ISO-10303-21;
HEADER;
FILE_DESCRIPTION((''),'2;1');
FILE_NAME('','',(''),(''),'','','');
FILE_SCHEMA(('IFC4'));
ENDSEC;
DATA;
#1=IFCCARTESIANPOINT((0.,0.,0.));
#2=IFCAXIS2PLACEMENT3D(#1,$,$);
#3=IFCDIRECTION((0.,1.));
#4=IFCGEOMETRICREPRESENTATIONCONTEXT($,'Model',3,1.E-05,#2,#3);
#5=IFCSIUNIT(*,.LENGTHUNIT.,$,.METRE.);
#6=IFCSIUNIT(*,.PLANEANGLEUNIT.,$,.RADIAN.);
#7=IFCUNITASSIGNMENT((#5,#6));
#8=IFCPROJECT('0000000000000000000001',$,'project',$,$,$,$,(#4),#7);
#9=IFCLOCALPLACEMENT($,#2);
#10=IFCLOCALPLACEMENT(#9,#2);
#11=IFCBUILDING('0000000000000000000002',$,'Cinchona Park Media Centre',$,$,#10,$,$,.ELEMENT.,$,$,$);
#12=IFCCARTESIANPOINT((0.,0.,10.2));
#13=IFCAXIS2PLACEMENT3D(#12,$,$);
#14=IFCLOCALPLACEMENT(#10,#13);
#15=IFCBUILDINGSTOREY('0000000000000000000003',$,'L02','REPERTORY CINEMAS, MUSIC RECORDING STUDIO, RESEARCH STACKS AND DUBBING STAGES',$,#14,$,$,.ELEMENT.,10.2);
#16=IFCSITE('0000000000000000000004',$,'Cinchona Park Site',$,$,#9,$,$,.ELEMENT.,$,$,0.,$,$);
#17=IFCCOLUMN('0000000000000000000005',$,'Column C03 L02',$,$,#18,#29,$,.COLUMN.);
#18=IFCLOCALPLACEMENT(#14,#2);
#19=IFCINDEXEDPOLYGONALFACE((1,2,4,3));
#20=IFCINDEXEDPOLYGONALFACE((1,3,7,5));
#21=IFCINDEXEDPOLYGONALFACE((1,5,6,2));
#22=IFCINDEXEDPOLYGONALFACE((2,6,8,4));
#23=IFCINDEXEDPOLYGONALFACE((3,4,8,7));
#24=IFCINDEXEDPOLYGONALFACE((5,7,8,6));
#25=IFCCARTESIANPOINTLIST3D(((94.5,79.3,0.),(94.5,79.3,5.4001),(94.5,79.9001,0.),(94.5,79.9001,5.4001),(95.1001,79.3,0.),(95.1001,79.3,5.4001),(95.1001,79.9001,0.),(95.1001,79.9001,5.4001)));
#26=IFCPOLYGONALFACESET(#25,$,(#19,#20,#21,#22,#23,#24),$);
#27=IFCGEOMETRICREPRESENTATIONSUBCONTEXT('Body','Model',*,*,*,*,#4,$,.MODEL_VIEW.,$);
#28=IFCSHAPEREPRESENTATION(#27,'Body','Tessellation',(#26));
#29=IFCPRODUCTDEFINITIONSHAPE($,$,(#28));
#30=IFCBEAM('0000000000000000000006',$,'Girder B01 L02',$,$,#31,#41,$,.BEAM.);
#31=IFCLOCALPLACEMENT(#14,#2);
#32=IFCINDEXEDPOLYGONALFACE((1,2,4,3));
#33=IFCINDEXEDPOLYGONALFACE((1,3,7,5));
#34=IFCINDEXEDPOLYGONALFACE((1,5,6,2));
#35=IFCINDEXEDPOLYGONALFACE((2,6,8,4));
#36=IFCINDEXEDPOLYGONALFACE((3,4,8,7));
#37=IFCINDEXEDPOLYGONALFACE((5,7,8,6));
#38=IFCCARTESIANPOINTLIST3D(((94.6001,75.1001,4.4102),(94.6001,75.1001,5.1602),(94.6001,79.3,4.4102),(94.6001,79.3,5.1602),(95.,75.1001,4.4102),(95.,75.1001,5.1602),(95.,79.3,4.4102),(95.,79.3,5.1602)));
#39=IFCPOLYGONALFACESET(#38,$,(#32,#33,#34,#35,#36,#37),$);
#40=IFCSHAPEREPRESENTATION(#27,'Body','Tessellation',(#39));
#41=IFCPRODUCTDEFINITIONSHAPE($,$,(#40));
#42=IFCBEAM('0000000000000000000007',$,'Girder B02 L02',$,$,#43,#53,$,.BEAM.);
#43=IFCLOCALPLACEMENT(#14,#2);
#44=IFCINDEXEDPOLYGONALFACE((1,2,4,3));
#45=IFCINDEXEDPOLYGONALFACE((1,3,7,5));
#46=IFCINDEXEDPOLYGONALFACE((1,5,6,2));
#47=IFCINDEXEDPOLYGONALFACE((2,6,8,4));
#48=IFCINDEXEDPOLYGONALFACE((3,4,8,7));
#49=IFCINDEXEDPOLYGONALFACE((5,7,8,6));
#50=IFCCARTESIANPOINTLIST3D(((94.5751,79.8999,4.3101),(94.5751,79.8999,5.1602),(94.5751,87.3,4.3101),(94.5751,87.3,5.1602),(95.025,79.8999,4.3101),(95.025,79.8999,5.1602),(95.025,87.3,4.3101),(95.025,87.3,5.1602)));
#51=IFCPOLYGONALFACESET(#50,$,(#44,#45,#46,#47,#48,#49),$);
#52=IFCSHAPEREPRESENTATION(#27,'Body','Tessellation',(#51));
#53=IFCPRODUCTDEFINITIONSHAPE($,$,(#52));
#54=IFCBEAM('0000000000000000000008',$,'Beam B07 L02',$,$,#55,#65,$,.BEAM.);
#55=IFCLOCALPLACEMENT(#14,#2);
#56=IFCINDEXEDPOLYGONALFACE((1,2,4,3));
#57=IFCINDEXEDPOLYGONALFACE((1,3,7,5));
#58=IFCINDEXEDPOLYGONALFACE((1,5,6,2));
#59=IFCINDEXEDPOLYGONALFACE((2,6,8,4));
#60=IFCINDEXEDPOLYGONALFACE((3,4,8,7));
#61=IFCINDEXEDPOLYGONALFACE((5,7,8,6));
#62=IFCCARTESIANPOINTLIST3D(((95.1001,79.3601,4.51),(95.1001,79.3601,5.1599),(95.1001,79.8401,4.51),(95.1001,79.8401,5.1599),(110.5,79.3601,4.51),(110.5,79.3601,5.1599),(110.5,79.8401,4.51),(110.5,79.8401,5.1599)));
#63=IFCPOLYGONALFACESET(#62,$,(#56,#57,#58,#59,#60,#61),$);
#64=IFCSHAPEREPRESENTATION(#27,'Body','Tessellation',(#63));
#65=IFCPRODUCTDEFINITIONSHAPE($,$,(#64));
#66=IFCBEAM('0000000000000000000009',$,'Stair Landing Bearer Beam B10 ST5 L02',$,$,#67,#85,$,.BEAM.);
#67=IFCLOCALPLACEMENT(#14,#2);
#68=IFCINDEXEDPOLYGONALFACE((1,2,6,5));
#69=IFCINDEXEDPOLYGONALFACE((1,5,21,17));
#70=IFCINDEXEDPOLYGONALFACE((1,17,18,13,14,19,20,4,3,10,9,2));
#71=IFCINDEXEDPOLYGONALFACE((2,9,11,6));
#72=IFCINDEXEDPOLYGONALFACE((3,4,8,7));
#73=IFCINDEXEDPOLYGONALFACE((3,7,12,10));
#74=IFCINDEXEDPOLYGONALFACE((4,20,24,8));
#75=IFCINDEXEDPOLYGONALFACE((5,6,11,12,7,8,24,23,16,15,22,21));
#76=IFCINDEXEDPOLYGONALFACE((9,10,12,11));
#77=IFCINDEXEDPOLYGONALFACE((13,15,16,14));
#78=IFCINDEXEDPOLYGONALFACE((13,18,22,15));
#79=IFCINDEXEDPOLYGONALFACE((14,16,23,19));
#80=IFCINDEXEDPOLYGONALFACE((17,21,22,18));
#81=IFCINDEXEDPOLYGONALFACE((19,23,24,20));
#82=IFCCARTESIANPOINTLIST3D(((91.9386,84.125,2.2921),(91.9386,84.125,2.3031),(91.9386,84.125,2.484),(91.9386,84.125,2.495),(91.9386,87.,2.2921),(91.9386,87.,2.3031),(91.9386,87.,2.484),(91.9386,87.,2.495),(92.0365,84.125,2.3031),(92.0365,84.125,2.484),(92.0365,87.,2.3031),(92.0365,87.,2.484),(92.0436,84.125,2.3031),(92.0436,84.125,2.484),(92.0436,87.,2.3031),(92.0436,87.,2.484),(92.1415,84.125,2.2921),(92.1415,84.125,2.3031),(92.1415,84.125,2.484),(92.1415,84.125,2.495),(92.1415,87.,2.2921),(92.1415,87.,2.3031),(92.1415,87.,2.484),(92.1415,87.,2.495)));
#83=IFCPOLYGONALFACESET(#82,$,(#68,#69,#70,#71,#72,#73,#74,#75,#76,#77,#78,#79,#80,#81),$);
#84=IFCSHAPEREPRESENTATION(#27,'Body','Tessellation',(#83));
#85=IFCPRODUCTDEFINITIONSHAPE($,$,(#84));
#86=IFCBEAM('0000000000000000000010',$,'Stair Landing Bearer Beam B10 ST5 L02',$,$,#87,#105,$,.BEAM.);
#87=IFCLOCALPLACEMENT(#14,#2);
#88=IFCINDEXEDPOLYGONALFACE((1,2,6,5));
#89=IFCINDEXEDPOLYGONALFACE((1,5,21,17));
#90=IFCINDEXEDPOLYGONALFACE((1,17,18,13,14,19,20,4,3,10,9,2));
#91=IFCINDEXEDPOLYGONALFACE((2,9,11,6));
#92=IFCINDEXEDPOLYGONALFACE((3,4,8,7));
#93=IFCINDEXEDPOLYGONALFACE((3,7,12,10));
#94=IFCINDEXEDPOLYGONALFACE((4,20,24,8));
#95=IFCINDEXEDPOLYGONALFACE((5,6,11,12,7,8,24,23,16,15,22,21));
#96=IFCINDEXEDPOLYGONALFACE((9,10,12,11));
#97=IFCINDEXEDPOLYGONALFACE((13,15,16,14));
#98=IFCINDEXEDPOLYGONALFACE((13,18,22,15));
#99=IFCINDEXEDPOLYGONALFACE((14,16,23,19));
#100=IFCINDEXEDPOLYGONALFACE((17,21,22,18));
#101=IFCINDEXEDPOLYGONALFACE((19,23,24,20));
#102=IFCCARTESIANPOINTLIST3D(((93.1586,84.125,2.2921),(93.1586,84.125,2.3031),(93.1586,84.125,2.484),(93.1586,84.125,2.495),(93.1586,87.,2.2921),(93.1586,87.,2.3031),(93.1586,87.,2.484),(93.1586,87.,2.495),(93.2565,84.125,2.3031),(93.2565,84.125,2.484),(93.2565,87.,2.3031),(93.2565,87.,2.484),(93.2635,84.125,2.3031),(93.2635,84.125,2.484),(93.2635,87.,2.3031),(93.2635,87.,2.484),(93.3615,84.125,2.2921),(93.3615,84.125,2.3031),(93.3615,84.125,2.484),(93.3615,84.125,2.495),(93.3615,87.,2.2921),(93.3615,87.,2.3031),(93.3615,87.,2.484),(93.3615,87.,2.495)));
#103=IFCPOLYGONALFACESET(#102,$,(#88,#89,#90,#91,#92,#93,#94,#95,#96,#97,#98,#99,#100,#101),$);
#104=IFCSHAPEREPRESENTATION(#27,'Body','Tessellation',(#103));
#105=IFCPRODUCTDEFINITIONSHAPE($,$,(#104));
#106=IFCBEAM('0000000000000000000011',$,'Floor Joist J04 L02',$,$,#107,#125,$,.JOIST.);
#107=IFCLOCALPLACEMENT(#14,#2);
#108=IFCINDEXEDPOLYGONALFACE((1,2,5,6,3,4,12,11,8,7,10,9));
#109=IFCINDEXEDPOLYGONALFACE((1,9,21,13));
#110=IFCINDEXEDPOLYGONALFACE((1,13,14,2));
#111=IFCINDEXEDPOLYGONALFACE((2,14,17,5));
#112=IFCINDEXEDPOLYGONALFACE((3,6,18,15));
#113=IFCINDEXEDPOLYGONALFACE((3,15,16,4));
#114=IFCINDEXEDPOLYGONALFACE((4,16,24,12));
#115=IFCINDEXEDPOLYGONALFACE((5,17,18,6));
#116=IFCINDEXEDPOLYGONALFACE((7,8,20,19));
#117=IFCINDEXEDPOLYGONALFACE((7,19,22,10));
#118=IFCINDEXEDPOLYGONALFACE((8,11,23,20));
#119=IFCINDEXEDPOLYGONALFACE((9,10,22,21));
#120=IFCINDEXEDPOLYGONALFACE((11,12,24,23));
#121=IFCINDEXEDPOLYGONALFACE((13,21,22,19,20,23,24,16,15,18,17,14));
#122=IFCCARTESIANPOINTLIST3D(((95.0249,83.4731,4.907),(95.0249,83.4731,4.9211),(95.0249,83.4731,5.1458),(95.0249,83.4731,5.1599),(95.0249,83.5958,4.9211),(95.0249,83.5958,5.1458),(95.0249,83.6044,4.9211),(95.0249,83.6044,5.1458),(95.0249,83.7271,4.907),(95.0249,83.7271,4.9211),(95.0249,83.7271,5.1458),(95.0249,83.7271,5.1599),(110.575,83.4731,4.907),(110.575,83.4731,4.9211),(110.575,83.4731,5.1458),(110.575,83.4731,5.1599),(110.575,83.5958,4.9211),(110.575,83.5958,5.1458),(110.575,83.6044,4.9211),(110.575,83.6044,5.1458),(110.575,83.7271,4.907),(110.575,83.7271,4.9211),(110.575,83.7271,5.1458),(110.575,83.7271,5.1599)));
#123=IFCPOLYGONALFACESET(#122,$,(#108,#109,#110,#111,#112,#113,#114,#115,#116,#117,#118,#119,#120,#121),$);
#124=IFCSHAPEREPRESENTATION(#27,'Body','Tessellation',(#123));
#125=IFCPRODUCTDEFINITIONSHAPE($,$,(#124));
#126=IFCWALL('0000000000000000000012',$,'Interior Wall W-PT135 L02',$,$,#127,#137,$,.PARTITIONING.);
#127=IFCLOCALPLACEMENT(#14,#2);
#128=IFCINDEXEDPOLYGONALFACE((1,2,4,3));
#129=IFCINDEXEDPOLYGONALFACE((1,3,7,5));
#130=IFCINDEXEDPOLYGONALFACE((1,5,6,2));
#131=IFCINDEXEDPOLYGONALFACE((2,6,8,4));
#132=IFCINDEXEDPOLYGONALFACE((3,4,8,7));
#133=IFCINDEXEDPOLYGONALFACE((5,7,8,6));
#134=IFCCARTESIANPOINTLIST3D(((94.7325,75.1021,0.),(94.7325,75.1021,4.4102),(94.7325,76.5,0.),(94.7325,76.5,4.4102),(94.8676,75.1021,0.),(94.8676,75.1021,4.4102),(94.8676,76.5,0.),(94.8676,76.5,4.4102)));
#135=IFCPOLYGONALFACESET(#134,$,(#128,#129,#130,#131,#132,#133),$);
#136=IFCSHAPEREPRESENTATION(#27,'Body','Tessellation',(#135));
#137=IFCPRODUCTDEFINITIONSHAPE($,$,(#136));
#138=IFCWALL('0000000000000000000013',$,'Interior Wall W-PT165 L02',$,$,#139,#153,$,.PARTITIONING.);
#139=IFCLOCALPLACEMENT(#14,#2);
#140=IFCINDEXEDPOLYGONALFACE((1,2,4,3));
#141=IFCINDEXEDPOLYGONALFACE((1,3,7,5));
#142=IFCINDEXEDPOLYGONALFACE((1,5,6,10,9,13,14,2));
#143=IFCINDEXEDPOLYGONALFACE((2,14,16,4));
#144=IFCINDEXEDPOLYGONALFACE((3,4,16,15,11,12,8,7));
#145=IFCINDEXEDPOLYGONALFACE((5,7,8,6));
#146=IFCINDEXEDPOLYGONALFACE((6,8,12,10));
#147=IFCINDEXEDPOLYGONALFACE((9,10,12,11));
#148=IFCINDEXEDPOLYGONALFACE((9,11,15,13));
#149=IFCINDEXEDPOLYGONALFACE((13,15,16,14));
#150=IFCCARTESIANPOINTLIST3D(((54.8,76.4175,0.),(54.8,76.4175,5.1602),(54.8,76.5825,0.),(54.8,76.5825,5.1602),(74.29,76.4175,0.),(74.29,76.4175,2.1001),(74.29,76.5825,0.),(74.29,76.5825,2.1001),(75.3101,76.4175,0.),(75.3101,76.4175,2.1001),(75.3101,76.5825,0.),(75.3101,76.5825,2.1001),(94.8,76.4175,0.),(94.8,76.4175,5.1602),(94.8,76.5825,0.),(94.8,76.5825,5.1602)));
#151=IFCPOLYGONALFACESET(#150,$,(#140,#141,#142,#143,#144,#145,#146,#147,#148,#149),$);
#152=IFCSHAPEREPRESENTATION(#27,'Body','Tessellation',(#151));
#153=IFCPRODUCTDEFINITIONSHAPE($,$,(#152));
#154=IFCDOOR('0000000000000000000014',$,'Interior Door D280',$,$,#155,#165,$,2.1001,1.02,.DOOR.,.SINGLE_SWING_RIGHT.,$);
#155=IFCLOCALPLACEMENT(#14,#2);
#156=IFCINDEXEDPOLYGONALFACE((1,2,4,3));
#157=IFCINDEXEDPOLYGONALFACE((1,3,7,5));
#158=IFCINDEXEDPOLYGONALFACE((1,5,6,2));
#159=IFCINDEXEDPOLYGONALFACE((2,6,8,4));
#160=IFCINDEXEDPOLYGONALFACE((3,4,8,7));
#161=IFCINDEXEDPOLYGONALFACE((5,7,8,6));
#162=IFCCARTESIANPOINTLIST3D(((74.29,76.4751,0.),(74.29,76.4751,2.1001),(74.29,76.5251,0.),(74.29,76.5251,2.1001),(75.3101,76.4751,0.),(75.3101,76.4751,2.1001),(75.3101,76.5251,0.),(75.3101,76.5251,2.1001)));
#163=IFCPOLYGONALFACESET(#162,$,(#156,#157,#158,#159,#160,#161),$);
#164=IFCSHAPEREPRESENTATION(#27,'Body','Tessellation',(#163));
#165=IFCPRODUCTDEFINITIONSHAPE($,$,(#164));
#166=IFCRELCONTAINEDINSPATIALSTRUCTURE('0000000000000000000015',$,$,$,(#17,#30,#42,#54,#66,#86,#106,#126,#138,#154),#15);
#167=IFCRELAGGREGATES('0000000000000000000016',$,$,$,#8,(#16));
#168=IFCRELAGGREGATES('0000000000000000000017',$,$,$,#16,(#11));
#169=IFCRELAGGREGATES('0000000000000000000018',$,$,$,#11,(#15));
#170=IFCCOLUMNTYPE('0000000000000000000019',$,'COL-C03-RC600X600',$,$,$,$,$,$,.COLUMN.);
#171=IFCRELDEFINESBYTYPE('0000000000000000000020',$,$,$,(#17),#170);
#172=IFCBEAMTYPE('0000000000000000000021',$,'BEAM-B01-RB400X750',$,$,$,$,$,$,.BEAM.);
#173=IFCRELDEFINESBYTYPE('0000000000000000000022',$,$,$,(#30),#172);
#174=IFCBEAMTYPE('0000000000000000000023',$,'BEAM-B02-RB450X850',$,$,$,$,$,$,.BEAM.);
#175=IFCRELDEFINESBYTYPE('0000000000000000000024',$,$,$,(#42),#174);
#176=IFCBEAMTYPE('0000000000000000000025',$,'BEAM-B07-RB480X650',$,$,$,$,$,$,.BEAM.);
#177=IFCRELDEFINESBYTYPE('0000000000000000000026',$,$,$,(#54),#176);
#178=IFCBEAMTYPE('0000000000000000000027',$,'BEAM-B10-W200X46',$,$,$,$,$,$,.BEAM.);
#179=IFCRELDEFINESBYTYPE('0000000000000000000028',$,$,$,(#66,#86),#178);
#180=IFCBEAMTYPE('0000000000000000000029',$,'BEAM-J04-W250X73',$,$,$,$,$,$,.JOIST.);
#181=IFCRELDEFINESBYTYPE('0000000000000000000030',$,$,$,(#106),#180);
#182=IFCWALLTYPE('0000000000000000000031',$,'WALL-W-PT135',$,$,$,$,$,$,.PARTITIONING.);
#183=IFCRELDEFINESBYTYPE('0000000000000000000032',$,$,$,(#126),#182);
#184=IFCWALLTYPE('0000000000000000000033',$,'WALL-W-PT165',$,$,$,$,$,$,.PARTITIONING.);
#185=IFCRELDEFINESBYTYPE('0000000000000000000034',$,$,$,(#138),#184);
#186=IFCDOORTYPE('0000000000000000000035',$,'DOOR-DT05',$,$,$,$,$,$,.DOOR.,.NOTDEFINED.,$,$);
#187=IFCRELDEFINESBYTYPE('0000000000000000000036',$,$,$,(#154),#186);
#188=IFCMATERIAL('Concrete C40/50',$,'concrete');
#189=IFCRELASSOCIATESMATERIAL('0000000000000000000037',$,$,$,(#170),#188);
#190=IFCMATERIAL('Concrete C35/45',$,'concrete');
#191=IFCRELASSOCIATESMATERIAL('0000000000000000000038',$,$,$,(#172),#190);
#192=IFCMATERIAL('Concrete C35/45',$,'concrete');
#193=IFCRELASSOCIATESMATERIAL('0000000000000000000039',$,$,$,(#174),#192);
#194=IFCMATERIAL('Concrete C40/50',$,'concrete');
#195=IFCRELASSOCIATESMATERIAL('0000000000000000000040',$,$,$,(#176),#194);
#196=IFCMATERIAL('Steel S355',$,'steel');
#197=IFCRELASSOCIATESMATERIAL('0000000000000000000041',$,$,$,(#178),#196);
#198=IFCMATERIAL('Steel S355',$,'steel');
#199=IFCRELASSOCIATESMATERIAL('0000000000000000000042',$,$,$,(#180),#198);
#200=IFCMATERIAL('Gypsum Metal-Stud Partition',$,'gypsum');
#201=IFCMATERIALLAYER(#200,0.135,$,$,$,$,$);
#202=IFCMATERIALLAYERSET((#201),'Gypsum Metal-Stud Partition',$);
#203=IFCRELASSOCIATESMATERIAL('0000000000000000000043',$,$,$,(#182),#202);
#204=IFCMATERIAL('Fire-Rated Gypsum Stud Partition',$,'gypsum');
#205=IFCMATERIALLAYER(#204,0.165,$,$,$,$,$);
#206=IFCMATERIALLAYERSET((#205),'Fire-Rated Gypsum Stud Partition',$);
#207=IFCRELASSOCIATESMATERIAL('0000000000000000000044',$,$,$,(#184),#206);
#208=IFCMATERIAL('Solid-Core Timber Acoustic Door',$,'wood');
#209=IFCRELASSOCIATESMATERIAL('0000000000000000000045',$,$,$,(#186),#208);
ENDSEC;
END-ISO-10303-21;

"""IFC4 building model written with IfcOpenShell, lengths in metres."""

from ifc_helpers import new_model, si_unit, direction, frame, frame_2d, origin, origin_2d, place, context, subcontext, project, spatial, rectangle, i_section, extrude, material, layer, layer_set, material_profile, profile_set, type_object, element, fill, save


model = new_model("IFC4")

# Units and contexts
model_context = context("Model", 3, precision=1e-05, world=origin(), true_north=direction((0.0, 1.0)))
body_context = subcontext(model_context, "Body", "Model", "MODEL_VIEW")
ifc_project = project(units=[si_unit("LENGTHUNIT", "METRE"), si_unit("PLANEANGLEUNIT", "RADIAN")], contexts=[model_context])

# Site, building, storey
site_placement = place(None, origin())
site = spatial("IfcSite", under=ifc_project, at=site_placement, Name="Cinchona Park Site", CompositionType="ELEMENT", RefElevation=0.0)
building_placement = place(site_placement, origin())
building = spatial("IfcBuilding", under=site, at=building_placement, Name="Cinchona Park Media Centre", CompositionType="ELEMENT")
storey_placement = place(building_placement, frame((0.0, 0.0, 10.2)))
storey = spatial("IfcBuildingStorey", under=building, at=storey_placement, Name="L02", Description="REPERTORY CINEMAS, MUSIC RECORDING STUDIO, RESEARCH STACKS AND DUBBING STAGES", CompositionType="ELEMENT", Elevation=10.2)

# Column
ifc_material_1 = material(Name="Concrete C40/50", Category="concrete")
ifc_material_profile_1 = material_profile(ifc_material_1, rectangle(XDim=0.6001, YDim=0.6001, at=origin_2d()), Name="RC 600X600")
ifc_profile_set_1 = profile_set([ifc_material_profile_1], Name="Concrete C40/50")
column_type = type_object("IfcColumnType", Name="COL-C03-RC600X600", PredefinedType="COLUMN", material=ifc_profile_set_1)
column_placement = place(storey_placement, frame((94.8, 79.6001, 0.0), z_axis=(0.0, 0.0, 1.0), x_axis=(1.0, 0.0, 0.0)))
element("IfcColumn", 1, at=column_placement, inside=storey, type_object=column_type, Name="Column C03 L02", PredefinedType="COLUMN", context=body_context, shape_type="SweptSolid", body=[
    extrude(rectangle(XDim=0.6001, YDim=0.6001, at=origin_2d()), origin(), (0.0, 0.0, 1.0), 5.4001),
])

# Beams
ifc_material_2 = material(Name="Concrete C35/45", Category="concrete")
ifc_material_profile_2 = material_profile(ifc_material_2, rectangle(XDim=0.3999, YDim=0.75, at=origin_2d()), Name="RB 400X750")
ifc_profile_set_2 = profile_set([ifc_material_profile_2], Name="Concrete C35/45")
beam_type_1 = type_object("IfcBeamType", Name="BEAM-B01-RB400X750", PredefinedType="BEAM", material=ifc_profile_set_2)
beam_1_placement = place(storey_placement, frame((94.8, 75.1001, 4.7852), z_axis=(0.0, 1.0, 0.0), x_axis=(-1.0, 0.0, 0.0)))
element("IfcBeam", 2, at=beam_1_placement, inside=storey, type_object=beam_type_1, Name="Girder B01 L02", PredefinedType="BEAM", context=body_context, shape_type="SweptSolid", body=[
    extrude(rectangle(XDim=0.3999, YDim=0.75, at=origin_2d()), origin(), (0.0, 0.0, 1.0), 4.2),
])
ifc_material_3 = material(Name="Concrete C35/45", Category="concrete")
ifc_material_profile_3 = material_profile(ifc_material_3, rectangle(XDim=0.45, YDim=0.8501, at=origin_2d()), Name="RB 450X850")
ifc_profile_set_3 = profile_set([ifc_material_profile_3], Name="Concrete C35/45")
beam_type_2 = type_object("IfcBeamType", Name="BEAM-B02-RB450X850", PredefinedType="BEAM", material=ifc_profile_set_3)
beam_2_placement = place(storey_placement, frame((94.8, 79.8999, 4.7351), z_axis=(0.0, 1.0, 0.0), x_axis=(-1.0, 0.0, 0.0)))
element("IfcBeam", 3, at=beam_2_placement, inside=storey, type_object=beam_type_2, Name="Girder B02 L02", PredefinedType="BEAM", context=body_context, shape_type="SweptSolid", body=[
    extrude(rectangle(XDim=0.45, YDim=0.8501, at=origin_2d()), origin(), (0.0, 0.0, 1.0), 7.4001),
])
ifc_material_4 = material(Name="Concrete C40/50", Category="concrete")
ifc_material_profile_4 = material_profile(ifc_material_4, rectangle(XDim=0.48, YDim=0.6499, at=origin_2d()), Name="RB 480X650")
ifc_profile_set_4 = profile_set([ifc_material_profile_4], Name="Concrete C40/50")
beam_type_3 = type_object("IfcBeamType", Name="BEAM-B07-RB480X650", PredefinedType="BEAM", material=ifc_profile_set_4)
beam_3_placement = place(storey_placement, frame((95.1001, 79.6001, 4.835), z_axis=(1.0, 0.0, 0.0), x_axis=(0.0, 1.0, 0.0)))
element("IfcBeam", 4, at=beam_3_placement, inside=storey, type_object=beam_type_3, Name="Beam B07 L02", PredefinedType="BEAM", context=body_context, shape_type="SweptSolid", body=[
    extrude(rectangle(XDim=0.48, YDim=0.6499, at=origin_2d()), origin(), (0.0, 0.0, 1.0), 15.3999),
])
ifc_material_5 = material(Name="Steel S355", Category="steel")
ifc_material_profile_5 = material_profile(ifc_material_5, i_section(OverallWidth=0.2029, OverallDepth=0.2029, WebThickness=0.0071, FlangeThickness=0.011, at=origin_2d()), Name="W200X46")
ifc_profile_set_5 = profile_set([ifc_material_profile_5], Name="Steel S355")
beam_type_4 = type_object("IfcBeamType", Name="BEAM-B10-W200X46", PredefinedType="BEAM", material=ifc_profile_set_5)
for number, where, z_axis, x_axis, name in (
    (5, (92.04, 84.125, 2.3936), (0.0, 1.0, 0.0), (-1.0, 0.0, 0.0), "Stair Landing Bearer Beam B10 ST5 L02"),
    (6, (93.26, 84.125, 2.3936), (0.0, 1.0, 0.0), (-1.0, 0.0, 0.0), "Stair Landing Bearer Beam B10 ST5 L02"),
):
    element("IfcBeam", number, at=place(storey_placement, frame(where, z_axis=z_axis, x_axis=x_axis)), inside=storey, type_object=beam_type_4, Name=name, PredefinedType="BEAM", context=body_context, shape_type="SweptSolid", body=[
        extrude(i_section(OverallWidth=0.2029, OverallDepth=0.2029, WebThickness=0.0071, FlangeThickness=0.011, at=origin_2d()), origin(), (0.0, 0.0, 1.0), 2.875),
    ])
ifc_material_6 = material(Name="Steel S355", Category="steel")
ifc_material_profile_6 = material_profile(ifc_material_6, i_section(OverallWidth=0.2539, OverallDepth=0.2529, WebThickness=0.0085, FlangeThickness=0.0142, at=origin_2d()), Name="W250X73")
ifc_profile_set_6 = profile_set([ifc_material_profile_6], Name="Steel S355")
beam_type_5 = type_object("IfcBeamType", Name="BEAM-J04-W250X73", PredefinedType="JOIST", material=ifc_profile_set_6)
beam_4_placement = place(storey_placement, frame((95.0249, 83.6001, 5.0334), z_axis=(1.0, 0.0, 0.0), x_axis=(0.0, 1.0, 0.0)))
element("IfcBeam", 7, at=beam_4_placement, inside=storey, type_object=beam_type_5, Name="Floor Joist J04 L02", PredefinedType="JOIST", context=body_context, shape_type="SweptSolid", body=[
    extrude(i_section(OverallWidth=0.2539, OverallDepth=0.2529, WebThickness=0.0085, FlangeThickness=0.0142, at=origin_2d()), origin(), (0.0, 0.0, 1.0), 15.55),
])

# Wall
ifc_material_7 = material(Name="Gypsum Metal-Stud Partition", Category="gypsum")
ifc_layer_1 = layer(ifc_material_7, 0.135)
ifc_layer_set_1 = layer_set([ifc_layer_1], Name="Gypsum Metal-Stud Partition")
wall_type_1 = type_object("IfcWallType", Name="WALL-W-PT135", PredefinedType="PARTITIONING", material=ifc_layer_set_1)
wall_1_placement = place(storey_placement, frame((94.8, 76.5, 0.0), z_axis=(0.0, 0.0, 1.0), x_axis=(0.0, -1.0, 0.0)))
element("IfcWall", 8, at=wall_1_placement, inside=storey, type_object=wall_type_1, Name="Interior Wall W-PT135 L02", PredefinedType="PARTITIONING", context=body_context, shape_type="SweptSolid", body=[
    extrude(rectangle(XDim=1.3979, YDim=0.135, at=frame_2d((0.699, 0.0))), origin(), (0.0, 0.0, 1.0), 4.4102),
])

# Wall, opening, door
ifc_material_8 = material(Name="Fire-Rated Gypsum Stud Partition", Category="gypsum")
ifc_layer_2 = layer(ifc_material_8, 0.165)
ifc_layer_set_2 = layer_set([ifc_layer_2], Name="Fire-Rated Gypsum Stud Partition")
wall_type_2 = type_object("IfcWallType", Name="WALL-W-PT165", PredefinedType="PARTITIONING", material=ifc_layer_set_2)
wall_2_placement = place(storey_placement, frame((94.8, 76.5, 0.0), z_axis=(0.0, 0.0, 1.0), x_axis=(-1.0, 0.0, 0.0)))
wall_2 = element("IfcWall", 9, at=wall_2_placement, inside=storey, type_object=wall_type_2, Name="Interior Wall W-PT165 L02", PredefinedType="PARTITIONING", context=body_context, shape_type="SweptSolid", body=[
    extrude(rectangle(XDim=40.0, YDim=0.165, at=frame_2d((20.0, 0.0))), origin(), (0.0, 0.0, 1.0), 5.1602),
])
opening_1_placement = place(wall_2_placement, frame((19.49, 0.0, 0.0)))
opening_1 = element("IfcOpeningElement", 10, at=opening_1_placement, cuts=wall_2, PredefinedType="OPENING", context=body_context, shape_type="SweptSolid", body=[
    extrude(rectangle(XDim=1.02, YDim=2.1001, at=frame_2d((0.51, 1.05))), frame((0.0, 0.0925, 0.0), z_axis=(0.0, -1.0, 0.0), x_axis=(1.0, 0.0, 0.0)), (0.0, 0.0, 1.0), 0.1851),
])
ifc_material_9 = material(Name="Solid-Core Timber Acoustic Door", Category="wood")
door_type_1 = type_object("IfcDoorType", Name="DOOR-DT05", OperationType="NOTDEFINED", PredefinedType="DOOR", material=ifc_material_9)
door_1_placement = place(opening_1_placement, origin())
door_1 = element("IfcDoor", 11, at=door_1_placement, inside=storey, type_object=door_type_1, Name="Interior Door D280", OperationType="SINGLE_SWING_RIGHT", OverallHeight=2.1001, OverallWidth=1.02, PredefinedType="DOOR", context=body_context, shape_type="SweptSolid", body=[
    extrude(rectangle(XDim=1.02, YDim=2.1001, at=frame_2d((0.51, 1.05))), frame((0.0, 0.0249, 0.0), z_axis=(0.0, -1.0, 0.0), x_axis=(1.0, 0.0, 0.0)), (0.0, 0.0, 1.0), 0.05),
])
fill(opening_1, door_1)

save(model, "model.ifc")
